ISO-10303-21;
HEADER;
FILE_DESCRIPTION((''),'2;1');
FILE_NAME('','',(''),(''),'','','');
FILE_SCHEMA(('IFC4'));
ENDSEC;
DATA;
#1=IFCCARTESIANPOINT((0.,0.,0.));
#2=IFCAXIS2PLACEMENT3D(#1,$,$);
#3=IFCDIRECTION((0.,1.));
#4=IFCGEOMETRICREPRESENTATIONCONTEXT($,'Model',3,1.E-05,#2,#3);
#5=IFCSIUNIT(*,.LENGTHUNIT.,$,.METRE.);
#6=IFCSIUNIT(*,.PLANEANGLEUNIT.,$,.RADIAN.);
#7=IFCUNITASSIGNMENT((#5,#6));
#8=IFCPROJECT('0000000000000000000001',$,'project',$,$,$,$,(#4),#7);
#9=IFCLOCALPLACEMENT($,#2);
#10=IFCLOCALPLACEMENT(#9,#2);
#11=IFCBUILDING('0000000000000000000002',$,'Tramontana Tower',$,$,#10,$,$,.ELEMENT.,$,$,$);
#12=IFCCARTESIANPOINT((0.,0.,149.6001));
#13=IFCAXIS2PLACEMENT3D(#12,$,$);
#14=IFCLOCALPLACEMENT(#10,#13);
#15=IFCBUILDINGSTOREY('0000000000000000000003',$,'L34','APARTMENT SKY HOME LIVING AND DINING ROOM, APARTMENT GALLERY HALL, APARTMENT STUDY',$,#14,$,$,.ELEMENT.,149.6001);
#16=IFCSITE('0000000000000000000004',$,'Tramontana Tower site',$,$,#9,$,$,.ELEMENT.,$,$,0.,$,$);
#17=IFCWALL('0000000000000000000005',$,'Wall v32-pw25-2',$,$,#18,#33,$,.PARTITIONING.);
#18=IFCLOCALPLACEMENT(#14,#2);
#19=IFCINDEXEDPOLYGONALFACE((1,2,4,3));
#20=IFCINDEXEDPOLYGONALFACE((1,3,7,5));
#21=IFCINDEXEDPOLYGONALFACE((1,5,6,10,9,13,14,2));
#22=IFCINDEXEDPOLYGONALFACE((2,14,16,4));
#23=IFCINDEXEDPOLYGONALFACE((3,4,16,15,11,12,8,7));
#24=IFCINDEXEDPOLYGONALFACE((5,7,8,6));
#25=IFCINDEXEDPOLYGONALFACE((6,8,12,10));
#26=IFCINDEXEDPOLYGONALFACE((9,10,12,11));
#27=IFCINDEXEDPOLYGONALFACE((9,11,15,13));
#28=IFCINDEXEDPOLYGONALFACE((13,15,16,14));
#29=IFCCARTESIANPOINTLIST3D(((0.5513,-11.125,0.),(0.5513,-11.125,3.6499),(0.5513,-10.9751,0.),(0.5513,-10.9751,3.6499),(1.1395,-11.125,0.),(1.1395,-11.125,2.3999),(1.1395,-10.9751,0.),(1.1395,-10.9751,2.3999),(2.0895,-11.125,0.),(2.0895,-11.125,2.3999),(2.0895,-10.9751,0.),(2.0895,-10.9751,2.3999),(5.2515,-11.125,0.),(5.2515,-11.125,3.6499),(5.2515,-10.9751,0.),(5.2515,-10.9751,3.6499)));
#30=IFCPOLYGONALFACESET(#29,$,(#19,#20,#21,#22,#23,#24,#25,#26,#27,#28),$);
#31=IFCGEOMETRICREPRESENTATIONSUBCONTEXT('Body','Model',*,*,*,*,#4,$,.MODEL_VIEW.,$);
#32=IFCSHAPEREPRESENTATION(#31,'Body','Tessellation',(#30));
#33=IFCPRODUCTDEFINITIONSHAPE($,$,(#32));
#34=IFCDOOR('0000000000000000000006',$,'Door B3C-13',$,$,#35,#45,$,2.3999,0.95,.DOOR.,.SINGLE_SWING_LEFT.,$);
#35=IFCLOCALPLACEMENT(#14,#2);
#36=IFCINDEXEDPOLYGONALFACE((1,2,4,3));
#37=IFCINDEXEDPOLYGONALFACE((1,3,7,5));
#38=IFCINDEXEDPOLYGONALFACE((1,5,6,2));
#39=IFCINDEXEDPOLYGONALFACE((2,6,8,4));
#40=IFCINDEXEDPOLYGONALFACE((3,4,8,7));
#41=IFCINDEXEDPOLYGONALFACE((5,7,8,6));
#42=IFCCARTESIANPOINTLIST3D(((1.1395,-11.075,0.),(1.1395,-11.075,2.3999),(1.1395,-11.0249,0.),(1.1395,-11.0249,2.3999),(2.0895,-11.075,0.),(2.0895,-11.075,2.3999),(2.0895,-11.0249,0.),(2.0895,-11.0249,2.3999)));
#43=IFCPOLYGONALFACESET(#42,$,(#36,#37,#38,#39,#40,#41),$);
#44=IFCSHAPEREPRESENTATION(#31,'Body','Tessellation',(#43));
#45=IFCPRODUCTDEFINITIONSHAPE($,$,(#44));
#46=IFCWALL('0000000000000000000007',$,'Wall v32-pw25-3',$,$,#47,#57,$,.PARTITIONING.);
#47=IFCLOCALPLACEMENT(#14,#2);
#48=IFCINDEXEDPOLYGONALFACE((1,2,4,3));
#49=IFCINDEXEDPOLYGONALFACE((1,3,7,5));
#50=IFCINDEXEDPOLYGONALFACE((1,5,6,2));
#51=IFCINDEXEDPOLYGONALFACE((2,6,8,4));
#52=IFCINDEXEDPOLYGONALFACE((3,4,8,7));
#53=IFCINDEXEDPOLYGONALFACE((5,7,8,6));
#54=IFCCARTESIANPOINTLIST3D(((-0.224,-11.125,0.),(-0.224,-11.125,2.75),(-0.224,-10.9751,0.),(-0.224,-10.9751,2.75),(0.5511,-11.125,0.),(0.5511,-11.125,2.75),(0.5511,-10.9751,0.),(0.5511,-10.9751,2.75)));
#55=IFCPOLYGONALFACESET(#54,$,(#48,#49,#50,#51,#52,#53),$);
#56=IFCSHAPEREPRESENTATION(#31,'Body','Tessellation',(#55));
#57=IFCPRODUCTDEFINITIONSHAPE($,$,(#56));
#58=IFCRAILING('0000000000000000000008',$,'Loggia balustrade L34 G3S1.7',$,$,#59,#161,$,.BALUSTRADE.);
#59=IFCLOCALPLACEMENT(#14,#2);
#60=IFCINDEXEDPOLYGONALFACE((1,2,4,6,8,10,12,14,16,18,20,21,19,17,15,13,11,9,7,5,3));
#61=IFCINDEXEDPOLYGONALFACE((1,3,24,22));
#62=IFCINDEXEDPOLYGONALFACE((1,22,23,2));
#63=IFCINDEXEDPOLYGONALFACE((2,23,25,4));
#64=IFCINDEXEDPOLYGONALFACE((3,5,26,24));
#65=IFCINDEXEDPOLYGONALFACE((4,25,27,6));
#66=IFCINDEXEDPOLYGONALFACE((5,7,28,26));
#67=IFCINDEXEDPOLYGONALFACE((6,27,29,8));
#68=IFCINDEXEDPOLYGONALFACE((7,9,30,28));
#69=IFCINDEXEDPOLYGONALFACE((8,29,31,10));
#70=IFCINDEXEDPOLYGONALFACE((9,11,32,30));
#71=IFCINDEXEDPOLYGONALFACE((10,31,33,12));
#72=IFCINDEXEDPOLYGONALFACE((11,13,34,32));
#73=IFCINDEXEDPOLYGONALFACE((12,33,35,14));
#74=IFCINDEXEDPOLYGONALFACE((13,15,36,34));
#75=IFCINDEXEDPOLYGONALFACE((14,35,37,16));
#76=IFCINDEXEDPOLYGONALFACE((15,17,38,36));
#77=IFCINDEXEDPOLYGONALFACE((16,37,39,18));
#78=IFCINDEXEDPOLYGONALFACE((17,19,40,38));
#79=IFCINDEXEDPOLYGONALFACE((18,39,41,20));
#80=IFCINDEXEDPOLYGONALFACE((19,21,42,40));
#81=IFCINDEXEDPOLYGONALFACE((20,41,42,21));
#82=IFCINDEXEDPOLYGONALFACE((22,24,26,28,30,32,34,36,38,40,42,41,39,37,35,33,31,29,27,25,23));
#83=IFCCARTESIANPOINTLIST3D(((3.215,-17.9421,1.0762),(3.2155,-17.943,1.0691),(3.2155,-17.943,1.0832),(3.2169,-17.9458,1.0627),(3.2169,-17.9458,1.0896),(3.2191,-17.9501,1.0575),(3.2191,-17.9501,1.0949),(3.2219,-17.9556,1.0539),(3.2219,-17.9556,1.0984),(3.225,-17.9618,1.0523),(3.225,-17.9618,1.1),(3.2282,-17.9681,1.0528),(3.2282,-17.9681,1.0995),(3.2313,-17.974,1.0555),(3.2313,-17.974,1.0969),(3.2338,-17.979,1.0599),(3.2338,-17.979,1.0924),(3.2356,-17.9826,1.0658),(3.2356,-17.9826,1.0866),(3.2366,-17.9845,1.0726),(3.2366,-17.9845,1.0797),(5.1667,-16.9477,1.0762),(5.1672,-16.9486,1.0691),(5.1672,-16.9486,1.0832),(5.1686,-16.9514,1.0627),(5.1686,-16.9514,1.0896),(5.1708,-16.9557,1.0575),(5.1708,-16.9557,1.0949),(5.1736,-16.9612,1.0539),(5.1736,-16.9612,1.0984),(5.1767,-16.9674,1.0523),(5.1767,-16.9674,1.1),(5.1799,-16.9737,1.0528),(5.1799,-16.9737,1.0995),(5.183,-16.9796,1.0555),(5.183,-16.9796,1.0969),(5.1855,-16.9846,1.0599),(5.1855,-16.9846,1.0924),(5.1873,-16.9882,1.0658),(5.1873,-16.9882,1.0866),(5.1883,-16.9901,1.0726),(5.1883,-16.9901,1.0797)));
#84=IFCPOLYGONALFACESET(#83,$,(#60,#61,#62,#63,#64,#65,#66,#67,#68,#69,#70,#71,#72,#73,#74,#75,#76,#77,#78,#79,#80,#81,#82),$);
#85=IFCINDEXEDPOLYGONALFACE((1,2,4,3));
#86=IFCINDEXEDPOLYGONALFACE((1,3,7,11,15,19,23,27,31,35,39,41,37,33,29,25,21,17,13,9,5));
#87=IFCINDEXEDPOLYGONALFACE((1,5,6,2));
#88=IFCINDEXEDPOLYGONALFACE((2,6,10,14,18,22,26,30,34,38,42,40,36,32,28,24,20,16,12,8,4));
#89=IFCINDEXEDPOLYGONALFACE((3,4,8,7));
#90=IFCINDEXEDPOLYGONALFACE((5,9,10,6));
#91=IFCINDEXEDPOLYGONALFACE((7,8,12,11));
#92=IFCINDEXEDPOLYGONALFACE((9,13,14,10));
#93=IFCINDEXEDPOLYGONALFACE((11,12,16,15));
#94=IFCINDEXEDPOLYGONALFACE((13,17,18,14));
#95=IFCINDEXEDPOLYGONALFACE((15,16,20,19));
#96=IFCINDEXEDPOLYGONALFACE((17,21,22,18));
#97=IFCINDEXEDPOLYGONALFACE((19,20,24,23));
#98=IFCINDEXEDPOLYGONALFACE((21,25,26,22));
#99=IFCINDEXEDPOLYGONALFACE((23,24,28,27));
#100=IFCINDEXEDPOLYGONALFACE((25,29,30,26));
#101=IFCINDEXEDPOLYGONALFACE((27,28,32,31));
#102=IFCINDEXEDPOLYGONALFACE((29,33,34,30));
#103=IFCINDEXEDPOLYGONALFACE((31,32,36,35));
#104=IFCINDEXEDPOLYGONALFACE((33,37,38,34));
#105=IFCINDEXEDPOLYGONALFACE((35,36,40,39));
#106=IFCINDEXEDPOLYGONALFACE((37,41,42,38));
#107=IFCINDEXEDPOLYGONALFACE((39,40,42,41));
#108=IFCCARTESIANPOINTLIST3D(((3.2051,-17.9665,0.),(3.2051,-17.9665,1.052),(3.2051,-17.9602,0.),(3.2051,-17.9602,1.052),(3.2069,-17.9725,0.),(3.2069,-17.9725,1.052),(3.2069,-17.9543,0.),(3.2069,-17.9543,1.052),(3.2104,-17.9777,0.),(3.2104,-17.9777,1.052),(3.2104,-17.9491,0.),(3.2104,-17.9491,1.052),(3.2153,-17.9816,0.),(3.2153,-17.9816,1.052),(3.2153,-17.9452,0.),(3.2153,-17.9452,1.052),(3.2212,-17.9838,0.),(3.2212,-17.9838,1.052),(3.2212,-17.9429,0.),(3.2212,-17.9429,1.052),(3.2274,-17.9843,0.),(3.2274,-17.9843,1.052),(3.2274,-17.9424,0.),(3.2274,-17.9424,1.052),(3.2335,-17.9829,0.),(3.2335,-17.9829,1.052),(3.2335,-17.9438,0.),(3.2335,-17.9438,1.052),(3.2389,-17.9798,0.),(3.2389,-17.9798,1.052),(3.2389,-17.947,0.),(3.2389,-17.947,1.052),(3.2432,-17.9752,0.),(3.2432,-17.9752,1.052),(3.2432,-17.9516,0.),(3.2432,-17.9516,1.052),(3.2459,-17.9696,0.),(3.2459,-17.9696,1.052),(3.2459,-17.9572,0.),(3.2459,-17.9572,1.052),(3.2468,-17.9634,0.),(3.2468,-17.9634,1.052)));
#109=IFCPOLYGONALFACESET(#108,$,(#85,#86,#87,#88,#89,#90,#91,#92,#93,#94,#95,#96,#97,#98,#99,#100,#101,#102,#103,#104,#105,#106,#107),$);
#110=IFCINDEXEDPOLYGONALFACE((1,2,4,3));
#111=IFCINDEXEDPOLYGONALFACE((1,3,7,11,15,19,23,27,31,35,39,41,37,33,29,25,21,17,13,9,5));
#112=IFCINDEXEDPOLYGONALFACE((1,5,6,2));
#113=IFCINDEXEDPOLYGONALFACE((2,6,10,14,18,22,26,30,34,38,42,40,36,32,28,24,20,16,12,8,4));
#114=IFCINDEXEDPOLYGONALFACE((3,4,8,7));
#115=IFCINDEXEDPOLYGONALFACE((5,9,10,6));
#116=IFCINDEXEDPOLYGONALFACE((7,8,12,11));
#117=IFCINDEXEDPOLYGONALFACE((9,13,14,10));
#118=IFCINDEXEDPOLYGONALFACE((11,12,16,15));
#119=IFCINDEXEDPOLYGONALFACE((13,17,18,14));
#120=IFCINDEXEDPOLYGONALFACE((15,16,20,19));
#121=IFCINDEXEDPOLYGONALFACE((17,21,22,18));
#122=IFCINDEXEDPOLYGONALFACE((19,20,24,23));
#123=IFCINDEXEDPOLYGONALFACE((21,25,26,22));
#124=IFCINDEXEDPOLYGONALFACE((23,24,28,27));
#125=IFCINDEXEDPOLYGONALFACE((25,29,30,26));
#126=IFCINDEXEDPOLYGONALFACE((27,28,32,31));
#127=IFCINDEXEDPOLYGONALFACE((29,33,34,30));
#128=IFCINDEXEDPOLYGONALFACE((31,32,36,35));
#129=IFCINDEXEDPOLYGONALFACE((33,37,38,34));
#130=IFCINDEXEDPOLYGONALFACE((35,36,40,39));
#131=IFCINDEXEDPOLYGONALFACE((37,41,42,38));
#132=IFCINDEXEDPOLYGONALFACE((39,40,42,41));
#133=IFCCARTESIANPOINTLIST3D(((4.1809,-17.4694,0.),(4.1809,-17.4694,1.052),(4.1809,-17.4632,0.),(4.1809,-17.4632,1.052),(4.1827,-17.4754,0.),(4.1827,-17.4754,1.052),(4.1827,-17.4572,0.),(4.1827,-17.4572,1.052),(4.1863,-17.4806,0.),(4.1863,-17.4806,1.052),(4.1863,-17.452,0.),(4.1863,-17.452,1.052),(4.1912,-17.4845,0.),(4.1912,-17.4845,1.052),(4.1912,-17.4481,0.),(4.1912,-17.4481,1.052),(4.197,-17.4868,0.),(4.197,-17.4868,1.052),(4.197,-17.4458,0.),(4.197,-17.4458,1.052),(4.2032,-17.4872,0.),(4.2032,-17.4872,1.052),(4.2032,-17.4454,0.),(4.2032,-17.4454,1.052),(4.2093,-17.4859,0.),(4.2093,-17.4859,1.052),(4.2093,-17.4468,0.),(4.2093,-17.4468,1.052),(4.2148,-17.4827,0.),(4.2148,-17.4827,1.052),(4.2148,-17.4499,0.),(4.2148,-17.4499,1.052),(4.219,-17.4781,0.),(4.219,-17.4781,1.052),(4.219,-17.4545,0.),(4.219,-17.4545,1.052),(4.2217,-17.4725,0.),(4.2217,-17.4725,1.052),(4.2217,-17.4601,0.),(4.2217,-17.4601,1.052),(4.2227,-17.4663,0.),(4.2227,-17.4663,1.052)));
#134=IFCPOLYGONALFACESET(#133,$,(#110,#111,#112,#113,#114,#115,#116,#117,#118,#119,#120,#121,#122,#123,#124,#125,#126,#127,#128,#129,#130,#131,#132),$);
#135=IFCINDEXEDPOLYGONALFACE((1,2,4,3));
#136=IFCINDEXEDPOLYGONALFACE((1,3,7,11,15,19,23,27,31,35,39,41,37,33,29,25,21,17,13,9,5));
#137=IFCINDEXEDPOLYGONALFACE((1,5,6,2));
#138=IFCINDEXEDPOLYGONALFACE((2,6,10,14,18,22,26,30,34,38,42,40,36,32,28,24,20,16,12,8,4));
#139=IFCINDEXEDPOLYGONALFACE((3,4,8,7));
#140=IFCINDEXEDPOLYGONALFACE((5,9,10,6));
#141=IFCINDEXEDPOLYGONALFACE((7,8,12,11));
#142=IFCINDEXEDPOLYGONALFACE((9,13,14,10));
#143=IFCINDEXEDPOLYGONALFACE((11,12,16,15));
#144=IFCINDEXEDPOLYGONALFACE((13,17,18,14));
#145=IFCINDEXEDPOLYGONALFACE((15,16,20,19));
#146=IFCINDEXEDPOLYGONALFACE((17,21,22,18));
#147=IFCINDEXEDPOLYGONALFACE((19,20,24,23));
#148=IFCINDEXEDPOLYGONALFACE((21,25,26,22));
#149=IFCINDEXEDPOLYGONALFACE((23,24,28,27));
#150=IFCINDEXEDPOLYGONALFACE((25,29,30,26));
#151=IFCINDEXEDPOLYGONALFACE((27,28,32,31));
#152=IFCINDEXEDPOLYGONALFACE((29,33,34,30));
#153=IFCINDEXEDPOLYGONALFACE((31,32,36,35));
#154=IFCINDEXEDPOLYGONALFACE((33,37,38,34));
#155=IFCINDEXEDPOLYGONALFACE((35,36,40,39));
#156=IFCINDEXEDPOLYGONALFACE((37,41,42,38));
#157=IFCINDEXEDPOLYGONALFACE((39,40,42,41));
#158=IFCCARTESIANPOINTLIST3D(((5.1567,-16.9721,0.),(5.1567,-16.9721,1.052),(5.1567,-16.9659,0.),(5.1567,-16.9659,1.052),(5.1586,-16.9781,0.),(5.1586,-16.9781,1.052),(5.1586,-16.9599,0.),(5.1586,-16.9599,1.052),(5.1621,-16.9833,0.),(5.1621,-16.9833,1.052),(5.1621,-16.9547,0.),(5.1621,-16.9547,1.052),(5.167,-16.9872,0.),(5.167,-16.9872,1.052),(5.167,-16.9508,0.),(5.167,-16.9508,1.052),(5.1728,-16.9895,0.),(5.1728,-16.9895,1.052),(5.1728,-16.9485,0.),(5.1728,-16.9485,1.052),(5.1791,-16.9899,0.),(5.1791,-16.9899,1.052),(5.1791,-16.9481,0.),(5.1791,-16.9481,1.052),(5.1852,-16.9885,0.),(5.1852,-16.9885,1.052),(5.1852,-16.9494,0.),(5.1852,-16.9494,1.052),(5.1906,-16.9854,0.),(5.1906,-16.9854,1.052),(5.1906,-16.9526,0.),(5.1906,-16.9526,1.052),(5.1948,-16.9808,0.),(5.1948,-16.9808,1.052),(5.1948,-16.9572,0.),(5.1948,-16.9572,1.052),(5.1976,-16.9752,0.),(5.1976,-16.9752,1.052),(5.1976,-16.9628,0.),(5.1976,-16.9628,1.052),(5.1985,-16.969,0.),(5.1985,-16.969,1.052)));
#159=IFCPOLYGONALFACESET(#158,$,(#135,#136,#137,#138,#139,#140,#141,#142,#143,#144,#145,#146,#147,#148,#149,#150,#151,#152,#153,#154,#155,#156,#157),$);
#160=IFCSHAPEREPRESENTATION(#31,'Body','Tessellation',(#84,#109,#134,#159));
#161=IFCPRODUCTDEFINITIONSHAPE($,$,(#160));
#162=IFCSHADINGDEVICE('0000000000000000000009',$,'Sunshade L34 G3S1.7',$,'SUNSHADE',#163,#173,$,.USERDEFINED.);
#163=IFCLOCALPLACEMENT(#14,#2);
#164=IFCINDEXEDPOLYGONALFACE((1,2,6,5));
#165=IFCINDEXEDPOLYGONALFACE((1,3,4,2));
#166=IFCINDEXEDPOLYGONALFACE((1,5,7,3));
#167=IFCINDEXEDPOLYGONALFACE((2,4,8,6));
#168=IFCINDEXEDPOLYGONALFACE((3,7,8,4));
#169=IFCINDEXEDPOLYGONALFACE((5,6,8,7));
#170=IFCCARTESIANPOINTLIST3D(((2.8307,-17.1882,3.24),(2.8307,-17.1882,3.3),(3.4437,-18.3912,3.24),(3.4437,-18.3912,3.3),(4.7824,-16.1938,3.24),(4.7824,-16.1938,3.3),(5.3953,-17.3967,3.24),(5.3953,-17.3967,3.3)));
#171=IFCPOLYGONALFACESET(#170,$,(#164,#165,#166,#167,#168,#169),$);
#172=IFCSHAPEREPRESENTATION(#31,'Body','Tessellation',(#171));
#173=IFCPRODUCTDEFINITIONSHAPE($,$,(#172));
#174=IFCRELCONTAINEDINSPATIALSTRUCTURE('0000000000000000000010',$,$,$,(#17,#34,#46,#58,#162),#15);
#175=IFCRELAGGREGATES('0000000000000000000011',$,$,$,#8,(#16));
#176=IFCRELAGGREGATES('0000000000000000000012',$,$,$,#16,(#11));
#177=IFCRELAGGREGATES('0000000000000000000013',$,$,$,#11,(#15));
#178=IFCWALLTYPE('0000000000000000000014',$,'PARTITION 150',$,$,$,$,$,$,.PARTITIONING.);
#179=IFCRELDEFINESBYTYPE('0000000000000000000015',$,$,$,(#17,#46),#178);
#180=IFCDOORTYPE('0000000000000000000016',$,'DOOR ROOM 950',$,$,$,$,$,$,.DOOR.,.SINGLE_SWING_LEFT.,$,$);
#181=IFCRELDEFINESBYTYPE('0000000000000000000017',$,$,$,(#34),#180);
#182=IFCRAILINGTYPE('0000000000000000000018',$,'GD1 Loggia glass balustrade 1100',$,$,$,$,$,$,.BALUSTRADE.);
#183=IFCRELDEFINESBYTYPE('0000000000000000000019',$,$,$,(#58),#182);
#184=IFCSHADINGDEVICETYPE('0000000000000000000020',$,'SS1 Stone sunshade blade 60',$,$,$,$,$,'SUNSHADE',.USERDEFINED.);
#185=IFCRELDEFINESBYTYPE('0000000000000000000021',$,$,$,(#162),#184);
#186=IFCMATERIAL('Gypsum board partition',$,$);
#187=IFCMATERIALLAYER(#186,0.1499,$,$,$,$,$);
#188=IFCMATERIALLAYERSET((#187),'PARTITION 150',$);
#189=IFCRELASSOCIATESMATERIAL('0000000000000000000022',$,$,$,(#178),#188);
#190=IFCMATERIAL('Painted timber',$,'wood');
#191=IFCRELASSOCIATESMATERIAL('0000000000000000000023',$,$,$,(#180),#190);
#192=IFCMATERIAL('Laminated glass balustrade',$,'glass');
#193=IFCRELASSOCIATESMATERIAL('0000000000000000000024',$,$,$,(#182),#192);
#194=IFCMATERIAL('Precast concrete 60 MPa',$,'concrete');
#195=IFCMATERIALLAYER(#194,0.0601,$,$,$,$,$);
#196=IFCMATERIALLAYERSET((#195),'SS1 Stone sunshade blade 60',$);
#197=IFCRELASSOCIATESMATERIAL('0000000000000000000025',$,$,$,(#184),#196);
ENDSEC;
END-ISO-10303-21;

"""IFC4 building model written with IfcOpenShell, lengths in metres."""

from ifc_helpers import new_model, si_unit, direction, frame, frame_2d, origin, origin_2d, place, context, subcontext, project, spatial, rectangle, circle, extrude, material, layer, layer_set, type_object, element, fill, save


model = new_model("IFC4")

# Units and contexts
model_context = context("Model", 3, precision=1e-05, world=origin(), true_north=direction((0.0, 1.0)))
body_context = subcontext(model_context, "Body", "Model", "MODEL_VIEW")
ifc_project = project(units=[si_unit("LENGTHUNIT", "METRE"), si_unit("PLANEANGLEUNIT", "RADIAN")], contexts=[model_context])

# Site, building, storey
site_placement = place(None, origin())
site = spatial("IfcSite", under=ifc_project, at=site_placement, Name="Tramontana Tower site", CompositionType="ELEMENT", RefElevation=0.0)
building_placement = place(site_placement, origin())
building = spatial("IfcBuilding", under=site, at=building_placement, Name="Tramontana Tower", CompositionType="ELEMENT")
storey_placement = place(building_placement, frame((0.0, 0.0, 149.6001)))
storey = spatial("IfcBuildingStorey", under=building, at=storey_placement, Name="L34", Description="APARTMENT SKY HOME LIVING AND DINING ROOM, APARTMENT GALLERY HALL, APARTMENT STUDY", CompositionType="ELEMENT", Elevation=149.6001)

# Shared definitions
ifc_material_1 = material(Name="Gypsum board partition")
ifc_layer_1 = layer(ifc_material_1, 0.1499)
ifc_layer_set_1 = layer_set([ifc_layer_1], Name="PARTITION 150")
wall_type_1 = type_object("IfcWallType", Name="PARTITION 150", PredefinedType="PARTITIONING", material=ifc_layer_set_1)

# Wall, opening, door
wall_1_placement = place(storey_placement, frame((5.2515, -11.05, 0.0), z_axis=(0.0, 0.0, 1.0), x_axis=(-1.0, 0.0, 0.0)))
wall_1 = element("IfcWall", 1, at=wall_1_placement, inside=storey, type_object=wall_type_1, Name="Wall v32-pw25-2", PredefinedType="PARTITIONING", context=body_context, shape_type="SweptSolid", body=[
    extrude(rectangle(XDim=4.7002, YDim=0.1499, at=frame_2d((2.3501, 0.0))), origin(), (0.0, 0.0, 1.0), 3.6499),
])
opening_1_placement = place(wall_1_placement, frame((3.1619, 0.0, 0.0)))
opening_1 = element("IfcOpeningElement", 2, at=opening_1_placement, cuts=wall_1, PredefinedType="OPENING", context=body_context, shape_type="SweptSolid", body=[
    extrude(rectangle(XDim=0.95, YDim=2.3999, at=frame_2d((0.4751, 1.2))), frame((0.0, 0.085, 0.0), z_axis=(0.0, -1.0, 0.0), x_axis=(1.0, 0.0, 0.0)), (0.0, 0.0, 1.0), 0.1699),
])
ifc_material_2 = material(Name="Painted timber", Category="wood")
door_type_1 = type_object("IfcDoorType", Name="DOOR ROOM 950", OperationType="SINGLE_SWING_LEFT", PredefinedType="DOOR", material=ifc_material_2)
door_1_placement = place(opening_1_placement, origin())
door_1 = element("IfcDoor", 3, at=door_1_placement, inside=storey, type_object=door_type_1, Name="Door B3C-13", OperationType="SINGLE_SWING_LEFT", OverallHeight=2.3999, OverallWidth=0.95, PredefinedType="DOOR", context=body_context, shape_type="SweptSolid", body=[
    extrude(rectangle(XDim=0.95, YDim=2.3999, at=frame_2d((0.4751, 1.2))), frame((0.0, 0.0249, 0.0), z_axis=(0.0, -1.0, 0.0), x_axis=(1.0, 0.0, 0.0)), (0.0, 0.0, 1.0), 0.05),
])
fill(opening_1, door_1)

# Wall
wall_2_placement = place(storey_placement, frame((0.5513, -11.05, 0.0), z_axis=(0.0, 0.0, 1.0), x_axis=(-1.0, 0.0, 0.0)))
element("IfcWall", 4, at=wall_2_placement, inside=storey, type_object=wall_type_1, Name="Wall v32-pw25-3", PredefinedType="PARTITIONING", context=body_context, shape_type="SweptSolid", body=[
    extrude(rectangle(XDim=0.7751, YDim=0.1499, at=frame_2d((0.3877, 0.0))), origin(), (0.0, 0.0, 1.0), 2.75),
])

# Railing
ifc_material_3 = material(Name="Laminated glass balustrade", Category="glass")
railing_type = type_object("IfcRailingType", Name="GD1 Loggia glass balustrade 1100", PredefinedType="BALUSTRADE", material=ifc_material_3)
railing_placement = place(storey_placement, frame((3.2258, -17.9634, 0.0)))
element("IfcRailing", 5, at=railing_placement, inside=storey, type_object=railing_type, Name="Loggia balustrade L34 G3S1.7", PredefinedType="BALUSTRADE", context=body_context, shape_type="SweptSolid", body=[
    extrude(circle(Radius=0.0239, at=origin_2d()), frame((0.0, 0.0, 1.0762), z_axis=(0.891013, 0.453978, 0.0), x_axis=(-0.453978, 0.891013, 0.0)), (0.0, 0.0, 1.0), 2.1904),
    extrude(circle(Radius=0.021, at=origin_2d()), origin(), (0.0, 0.0, 1.0), 1.052),
    extrude(circle(Radius=0.021, at=origin_2d()), frame((0.9758, 0.4971, 0.0)), (0.0, 0.0, 1.0), 1.052),
    extrude(circle(Radius=0.021, at=origin_2d()), frame((1.9517, 0.9944, 0.0)), (0.0, 0.0, 1.0), 1.052),
])

# Shading device
ifc_material_4 = material(Name="Precast concrete 60 MPa", Category="concrete")
ifc_layer_2 = layer(ifc_material_4, 0.0601)
ifc_layer_set_2 = layer_set([ifc_layer_2], Name="SS1 Stone sunshade blade 60")
shading_device_type = type_object("IfcShadingDeviceType", Name="SS1 Stone sunshade blade 60", ElementType="SUNSHADE", PredefinedType="USERDEFINED", material=ifc_layer_set_2)
shading_device_placement = place(storey_placement, frame((4.113, -17.2925, 3.24), z_axis=(0.0, 0.0, 1.0), x_axis=(0.891007, 0.45399, 0.0)))
element("IfcShadingDevice", 6, at=shading_device_placement, inside=storey, type_object=shading_device_type, Name="Sunshade L34 G3S1.7", ObjectType="SUNSHADE", PredefinedType="USERDEFINED", context=body_context, shape_type="SweptSolid", body=[
    extrude(rectangle(XDim=2.1904, YDim=1.3501, at=origin_2d()), origin(), (0.0, 0.0, 1.0), 0.0601),
])

save(model, "model.ifc")
